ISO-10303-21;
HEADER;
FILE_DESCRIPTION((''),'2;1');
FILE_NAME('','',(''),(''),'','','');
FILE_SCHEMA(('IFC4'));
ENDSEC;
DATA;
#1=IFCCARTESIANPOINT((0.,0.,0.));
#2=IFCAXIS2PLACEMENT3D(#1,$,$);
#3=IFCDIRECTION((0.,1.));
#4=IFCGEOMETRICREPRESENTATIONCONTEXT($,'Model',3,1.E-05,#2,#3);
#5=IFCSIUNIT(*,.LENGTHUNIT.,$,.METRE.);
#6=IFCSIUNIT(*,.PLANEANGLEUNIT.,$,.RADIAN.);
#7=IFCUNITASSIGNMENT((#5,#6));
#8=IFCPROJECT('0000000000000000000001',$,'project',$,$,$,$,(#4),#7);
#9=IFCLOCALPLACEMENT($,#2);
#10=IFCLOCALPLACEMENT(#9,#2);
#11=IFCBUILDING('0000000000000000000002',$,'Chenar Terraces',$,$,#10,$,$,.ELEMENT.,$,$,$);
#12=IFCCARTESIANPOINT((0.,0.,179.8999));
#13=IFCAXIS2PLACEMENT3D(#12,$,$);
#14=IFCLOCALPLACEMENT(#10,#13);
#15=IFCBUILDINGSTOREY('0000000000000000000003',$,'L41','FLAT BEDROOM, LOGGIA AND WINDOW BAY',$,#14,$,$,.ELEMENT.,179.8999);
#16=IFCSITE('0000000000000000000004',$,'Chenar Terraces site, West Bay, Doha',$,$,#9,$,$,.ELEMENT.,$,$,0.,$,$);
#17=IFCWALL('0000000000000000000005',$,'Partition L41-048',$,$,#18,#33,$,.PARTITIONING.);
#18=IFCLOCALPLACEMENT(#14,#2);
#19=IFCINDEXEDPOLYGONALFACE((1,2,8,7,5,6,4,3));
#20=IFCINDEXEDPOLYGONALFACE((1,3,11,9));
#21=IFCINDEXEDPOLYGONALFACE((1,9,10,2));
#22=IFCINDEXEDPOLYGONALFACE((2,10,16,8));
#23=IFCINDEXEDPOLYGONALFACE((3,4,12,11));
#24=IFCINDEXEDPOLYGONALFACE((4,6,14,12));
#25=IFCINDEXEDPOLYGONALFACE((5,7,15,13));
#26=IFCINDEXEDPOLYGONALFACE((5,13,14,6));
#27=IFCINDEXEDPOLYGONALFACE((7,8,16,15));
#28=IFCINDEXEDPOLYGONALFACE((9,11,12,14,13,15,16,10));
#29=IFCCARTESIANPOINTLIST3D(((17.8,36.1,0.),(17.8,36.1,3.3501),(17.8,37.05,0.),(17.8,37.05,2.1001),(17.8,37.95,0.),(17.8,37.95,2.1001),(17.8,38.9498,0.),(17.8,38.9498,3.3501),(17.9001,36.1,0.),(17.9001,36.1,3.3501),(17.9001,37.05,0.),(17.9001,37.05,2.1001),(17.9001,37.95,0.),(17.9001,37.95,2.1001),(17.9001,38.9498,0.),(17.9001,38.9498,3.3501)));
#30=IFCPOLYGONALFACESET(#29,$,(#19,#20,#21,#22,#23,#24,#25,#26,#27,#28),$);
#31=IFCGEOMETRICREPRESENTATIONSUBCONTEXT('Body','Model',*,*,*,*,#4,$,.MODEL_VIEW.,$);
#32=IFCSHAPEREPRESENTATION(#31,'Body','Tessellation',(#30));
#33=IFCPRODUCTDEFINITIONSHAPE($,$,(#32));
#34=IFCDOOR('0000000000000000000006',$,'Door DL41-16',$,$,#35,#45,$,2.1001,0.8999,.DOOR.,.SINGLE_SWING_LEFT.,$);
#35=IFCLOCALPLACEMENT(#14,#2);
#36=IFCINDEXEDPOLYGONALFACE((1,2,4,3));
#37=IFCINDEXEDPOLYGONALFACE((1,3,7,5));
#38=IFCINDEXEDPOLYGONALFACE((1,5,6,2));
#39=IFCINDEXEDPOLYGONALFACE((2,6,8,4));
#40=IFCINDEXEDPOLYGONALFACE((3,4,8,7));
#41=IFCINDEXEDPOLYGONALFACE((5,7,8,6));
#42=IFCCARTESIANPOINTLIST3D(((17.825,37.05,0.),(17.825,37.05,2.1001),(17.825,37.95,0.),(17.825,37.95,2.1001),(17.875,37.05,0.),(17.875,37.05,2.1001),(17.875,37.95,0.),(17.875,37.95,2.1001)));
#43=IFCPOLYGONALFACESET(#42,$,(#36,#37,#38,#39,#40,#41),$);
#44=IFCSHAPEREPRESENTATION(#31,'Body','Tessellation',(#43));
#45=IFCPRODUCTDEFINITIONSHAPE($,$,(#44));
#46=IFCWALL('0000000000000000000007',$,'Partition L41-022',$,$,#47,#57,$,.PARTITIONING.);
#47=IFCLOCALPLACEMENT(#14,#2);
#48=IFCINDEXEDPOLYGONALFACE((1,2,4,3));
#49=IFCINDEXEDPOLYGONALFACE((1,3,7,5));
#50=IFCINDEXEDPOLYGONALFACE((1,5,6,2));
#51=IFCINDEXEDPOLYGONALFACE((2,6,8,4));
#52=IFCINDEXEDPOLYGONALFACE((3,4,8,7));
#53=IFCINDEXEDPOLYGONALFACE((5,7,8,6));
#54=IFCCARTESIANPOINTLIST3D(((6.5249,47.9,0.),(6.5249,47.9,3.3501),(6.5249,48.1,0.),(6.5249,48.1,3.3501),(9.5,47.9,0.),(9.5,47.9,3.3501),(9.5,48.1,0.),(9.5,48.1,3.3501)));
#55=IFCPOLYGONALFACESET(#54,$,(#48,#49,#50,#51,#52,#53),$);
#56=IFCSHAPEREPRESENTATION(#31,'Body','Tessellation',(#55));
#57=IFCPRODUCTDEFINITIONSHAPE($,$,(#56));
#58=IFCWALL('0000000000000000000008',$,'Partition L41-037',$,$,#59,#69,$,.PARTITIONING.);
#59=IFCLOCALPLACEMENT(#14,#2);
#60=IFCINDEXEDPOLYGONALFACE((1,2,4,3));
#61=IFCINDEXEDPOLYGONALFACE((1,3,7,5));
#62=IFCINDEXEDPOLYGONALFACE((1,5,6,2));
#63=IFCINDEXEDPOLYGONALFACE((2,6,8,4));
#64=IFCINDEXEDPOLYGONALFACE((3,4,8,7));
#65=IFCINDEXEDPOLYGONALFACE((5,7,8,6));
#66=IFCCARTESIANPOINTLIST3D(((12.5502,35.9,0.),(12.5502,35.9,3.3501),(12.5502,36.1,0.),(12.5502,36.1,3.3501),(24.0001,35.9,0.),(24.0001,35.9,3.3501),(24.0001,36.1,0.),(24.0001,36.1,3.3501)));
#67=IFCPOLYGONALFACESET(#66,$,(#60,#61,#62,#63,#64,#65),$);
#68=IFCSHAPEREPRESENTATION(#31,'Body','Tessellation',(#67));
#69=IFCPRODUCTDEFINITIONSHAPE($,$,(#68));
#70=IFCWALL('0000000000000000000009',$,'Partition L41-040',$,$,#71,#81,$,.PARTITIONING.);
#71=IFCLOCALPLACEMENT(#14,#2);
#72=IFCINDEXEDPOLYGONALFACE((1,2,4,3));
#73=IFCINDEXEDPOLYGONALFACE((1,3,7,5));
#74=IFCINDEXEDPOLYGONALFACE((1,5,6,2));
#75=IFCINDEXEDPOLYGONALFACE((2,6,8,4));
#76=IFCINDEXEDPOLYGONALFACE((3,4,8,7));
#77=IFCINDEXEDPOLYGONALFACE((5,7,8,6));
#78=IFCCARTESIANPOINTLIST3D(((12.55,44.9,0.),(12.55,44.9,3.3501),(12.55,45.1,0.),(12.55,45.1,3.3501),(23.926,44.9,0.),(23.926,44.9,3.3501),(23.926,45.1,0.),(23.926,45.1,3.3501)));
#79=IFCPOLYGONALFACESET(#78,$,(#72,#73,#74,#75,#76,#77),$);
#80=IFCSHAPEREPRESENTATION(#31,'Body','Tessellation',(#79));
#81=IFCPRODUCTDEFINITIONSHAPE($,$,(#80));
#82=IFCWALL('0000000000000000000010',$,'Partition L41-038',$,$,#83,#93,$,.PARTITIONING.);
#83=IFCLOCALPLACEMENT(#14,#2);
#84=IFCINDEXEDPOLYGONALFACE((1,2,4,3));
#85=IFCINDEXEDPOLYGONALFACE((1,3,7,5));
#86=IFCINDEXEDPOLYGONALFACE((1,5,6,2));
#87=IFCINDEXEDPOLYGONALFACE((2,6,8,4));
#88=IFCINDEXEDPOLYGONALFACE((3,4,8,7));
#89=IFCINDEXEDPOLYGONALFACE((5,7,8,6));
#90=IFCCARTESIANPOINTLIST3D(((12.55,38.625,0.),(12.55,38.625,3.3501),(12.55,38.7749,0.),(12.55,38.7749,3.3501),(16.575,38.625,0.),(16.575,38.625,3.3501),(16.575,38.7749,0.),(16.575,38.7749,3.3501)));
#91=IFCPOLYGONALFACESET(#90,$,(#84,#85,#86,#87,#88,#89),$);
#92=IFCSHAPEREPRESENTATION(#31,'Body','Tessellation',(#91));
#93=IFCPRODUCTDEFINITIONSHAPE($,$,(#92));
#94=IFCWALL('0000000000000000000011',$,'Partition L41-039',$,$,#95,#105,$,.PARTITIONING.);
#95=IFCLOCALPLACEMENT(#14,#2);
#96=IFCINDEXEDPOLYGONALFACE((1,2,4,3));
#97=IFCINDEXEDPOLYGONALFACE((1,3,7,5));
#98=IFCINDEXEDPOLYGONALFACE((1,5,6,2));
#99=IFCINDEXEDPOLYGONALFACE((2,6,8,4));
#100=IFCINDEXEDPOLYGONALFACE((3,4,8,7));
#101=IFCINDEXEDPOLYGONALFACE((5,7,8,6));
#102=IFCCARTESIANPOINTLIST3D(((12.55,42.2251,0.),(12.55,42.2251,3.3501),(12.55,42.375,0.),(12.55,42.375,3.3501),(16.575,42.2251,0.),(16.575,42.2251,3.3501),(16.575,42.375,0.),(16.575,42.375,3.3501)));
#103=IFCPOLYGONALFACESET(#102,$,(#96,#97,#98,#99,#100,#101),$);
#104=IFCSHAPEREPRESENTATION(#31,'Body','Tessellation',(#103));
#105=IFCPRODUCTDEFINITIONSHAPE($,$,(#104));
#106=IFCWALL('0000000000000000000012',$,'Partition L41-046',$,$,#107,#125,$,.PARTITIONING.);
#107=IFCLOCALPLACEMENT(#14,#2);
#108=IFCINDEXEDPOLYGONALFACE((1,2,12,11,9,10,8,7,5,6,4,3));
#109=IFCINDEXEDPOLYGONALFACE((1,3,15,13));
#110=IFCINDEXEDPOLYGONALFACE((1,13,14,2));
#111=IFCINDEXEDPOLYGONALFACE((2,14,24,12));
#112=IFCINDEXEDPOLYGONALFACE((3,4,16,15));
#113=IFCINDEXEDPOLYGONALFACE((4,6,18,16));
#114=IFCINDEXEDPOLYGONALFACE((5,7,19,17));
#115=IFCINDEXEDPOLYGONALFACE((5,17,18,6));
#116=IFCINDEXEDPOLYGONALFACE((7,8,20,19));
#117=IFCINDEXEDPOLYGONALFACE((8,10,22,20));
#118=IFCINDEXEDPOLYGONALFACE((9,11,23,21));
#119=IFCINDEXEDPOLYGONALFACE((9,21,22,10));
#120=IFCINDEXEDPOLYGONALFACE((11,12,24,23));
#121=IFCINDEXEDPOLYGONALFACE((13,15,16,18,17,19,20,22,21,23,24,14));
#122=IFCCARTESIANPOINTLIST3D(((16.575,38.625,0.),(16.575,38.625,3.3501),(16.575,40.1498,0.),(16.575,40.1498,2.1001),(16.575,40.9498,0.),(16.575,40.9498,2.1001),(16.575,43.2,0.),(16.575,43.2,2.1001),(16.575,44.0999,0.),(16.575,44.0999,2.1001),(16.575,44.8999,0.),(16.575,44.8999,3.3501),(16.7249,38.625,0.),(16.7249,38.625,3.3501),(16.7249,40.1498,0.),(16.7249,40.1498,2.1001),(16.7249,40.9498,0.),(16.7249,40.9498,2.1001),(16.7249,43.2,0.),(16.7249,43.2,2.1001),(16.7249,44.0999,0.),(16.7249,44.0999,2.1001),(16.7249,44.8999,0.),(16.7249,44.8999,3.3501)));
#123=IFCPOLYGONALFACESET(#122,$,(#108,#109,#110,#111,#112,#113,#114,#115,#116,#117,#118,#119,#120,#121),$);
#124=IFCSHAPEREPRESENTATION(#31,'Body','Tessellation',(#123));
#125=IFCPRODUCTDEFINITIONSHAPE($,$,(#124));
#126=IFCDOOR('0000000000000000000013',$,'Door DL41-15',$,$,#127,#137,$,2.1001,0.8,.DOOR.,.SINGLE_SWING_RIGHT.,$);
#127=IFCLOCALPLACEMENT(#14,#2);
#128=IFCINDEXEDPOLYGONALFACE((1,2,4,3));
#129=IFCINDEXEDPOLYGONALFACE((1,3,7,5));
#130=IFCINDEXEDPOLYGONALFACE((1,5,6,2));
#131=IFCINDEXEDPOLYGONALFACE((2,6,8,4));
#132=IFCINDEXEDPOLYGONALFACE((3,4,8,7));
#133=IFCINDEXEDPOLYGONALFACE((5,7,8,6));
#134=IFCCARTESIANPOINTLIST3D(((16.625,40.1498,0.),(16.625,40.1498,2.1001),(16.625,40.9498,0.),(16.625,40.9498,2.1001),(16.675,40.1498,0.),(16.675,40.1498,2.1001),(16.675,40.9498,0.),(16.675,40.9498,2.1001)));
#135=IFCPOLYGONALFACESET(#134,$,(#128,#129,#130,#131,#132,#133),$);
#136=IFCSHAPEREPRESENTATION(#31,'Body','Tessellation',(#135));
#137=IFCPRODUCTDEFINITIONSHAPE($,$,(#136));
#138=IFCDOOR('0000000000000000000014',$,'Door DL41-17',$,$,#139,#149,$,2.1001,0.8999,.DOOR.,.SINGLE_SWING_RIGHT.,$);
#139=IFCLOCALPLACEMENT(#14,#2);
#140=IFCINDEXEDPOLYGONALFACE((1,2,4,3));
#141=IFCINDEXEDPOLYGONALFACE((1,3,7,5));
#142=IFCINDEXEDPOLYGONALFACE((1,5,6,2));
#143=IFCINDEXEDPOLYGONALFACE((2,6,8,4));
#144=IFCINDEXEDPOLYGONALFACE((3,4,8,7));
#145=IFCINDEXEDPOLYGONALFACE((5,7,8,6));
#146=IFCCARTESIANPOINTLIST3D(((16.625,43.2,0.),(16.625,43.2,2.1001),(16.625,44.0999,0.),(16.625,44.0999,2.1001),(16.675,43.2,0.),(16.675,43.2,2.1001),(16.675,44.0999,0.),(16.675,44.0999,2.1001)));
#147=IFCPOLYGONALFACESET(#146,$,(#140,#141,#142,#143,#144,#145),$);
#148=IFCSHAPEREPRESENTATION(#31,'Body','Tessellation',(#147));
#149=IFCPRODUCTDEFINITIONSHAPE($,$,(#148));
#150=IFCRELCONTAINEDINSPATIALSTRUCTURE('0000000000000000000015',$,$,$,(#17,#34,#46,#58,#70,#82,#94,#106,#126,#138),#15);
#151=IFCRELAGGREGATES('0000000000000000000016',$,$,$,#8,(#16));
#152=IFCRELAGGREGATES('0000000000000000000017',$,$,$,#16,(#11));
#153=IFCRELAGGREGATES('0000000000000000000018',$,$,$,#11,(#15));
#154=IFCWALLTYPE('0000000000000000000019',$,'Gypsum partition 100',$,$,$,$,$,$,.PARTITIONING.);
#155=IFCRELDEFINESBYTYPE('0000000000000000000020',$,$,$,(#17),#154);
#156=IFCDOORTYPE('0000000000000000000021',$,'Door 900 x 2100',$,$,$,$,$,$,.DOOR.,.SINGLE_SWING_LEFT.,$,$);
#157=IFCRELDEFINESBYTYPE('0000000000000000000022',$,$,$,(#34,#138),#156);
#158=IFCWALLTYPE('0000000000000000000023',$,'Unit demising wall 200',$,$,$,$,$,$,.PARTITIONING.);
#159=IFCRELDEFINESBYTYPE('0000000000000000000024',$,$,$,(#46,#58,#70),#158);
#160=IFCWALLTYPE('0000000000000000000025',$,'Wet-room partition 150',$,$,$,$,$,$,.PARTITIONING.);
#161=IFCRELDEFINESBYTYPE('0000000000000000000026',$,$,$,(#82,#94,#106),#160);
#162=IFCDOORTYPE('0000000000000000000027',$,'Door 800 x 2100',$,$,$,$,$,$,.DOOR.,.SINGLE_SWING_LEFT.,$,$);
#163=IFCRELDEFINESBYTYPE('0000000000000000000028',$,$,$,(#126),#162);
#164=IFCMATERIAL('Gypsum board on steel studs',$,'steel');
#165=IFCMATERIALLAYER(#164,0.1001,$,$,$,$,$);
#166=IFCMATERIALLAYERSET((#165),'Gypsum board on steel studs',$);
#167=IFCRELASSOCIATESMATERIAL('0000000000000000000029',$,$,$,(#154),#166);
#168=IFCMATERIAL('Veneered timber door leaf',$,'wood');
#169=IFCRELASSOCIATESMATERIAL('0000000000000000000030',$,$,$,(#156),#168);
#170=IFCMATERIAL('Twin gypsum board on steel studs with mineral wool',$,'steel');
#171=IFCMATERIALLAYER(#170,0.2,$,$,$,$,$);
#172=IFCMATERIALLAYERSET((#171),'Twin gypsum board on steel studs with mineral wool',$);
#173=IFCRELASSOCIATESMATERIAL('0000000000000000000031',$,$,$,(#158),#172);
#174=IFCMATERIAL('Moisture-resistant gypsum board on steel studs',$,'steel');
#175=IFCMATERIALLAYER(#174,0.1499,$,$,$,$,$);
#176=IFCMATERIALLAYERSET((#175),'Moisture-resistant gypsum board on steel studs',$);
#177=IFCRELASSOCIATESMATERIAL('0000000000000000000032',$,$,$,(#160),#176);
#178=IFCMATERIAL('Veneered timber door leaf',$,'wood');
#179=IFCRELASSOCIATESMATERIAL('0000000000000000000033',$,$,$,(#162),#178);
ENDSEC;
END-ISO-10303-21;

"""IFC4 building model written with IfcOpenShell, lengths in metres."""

from ifc_helpers import new_model, si_unit, direction, frame, frame_2d, origin, place, context, subcontext, project, spatial, rectangle, extrude, material, layer, layer_set, type_object, element, fill, save


model = new_model("IFC4")

# Units and contexts
model_context = context("Model", 3, precision=1e-05, world=origin(), true_north=direction((0.0, 1.0)))
body_context = subcontext(model_context, "Body", "Model", "MODEL_VIEW")
ifc_project = project(units=[si_unit("LENGTHUNIT", "METRE"), si_unit("PLANEANGLEUNIT", "RADIAN")], contexts=[model_context])

# Site, building, storey
site_placement = place(None, origin())
site = spatial("IfcSite", under=ifc_project, at=site_placement, Name="Chenar Terraces site, West Bay, Doha", CompositionType="ELEMENT", RefElevation=0.0)
building_placement = place(site_placement, origin())
building = spatial("IfcBuilding", under=site, at=building_placement, Name="Chenar Terraces", CompositionType="ELEMENT")
storey_placement = place(building_placement, frame((0.0, 0.0, 179.8999)))
storey = spatial("IfcBuildingStorey", under=building, at=storey_placement, Name="L41", Description="FLAT BEDROOM, LOGGIA AND WINDOW BAY", CompositionType="ELEMENT", Elevation=179.8999)

# Shared definitions
ifc_material_1 = material(Name="Gypsum board on steel studs", Category="steel")
ifc_layer_1 = layer(ifc_material_1, 0.1001)
ifc_layer_set_1 = layer_set([ifc_layer_1], Name="Gypsum board on steel studs")
wall_type_1 = type_object("IfcWallType", Name="Gypsum partition 100", PredefinedType="PARTITIONING", material=ifc_layer_set_1)

# Wall, opening, door
wall_1_placement = place(storey_placement, frame((17.8501, 36.1001, 0.0), z_axis=(0.0, 0.0, 1.0), x_axis=(0.0, 1.0, 0.0)))
wall_1 = element("IfcWall", 1, at=wall_1_placement, inside=storey, type_object=wall_type_1, Name="Partition L41-048", PredefinedType="PARTITIONING", context=body_context, shape_type="SweptSolid", body=[
    extrude(rectangle(XDim=2.8499, YDim=0.1001, at=frame_2d((1.4248, 0.0))), origin(), (0.0, 0.0, 1.0), 3.3501),
])
opening_1_placement = place(wall_1_placement, frame((0.95, 0.0, 0.0)))
opening_1 = element("IfcOpeningElement", 2, at=opening_1_placement, cuts=wall_1, PredefinedType="OPENING", context=body_context, shape_type="SweptSolid", body=[
    extrude(rectangle(XDim=0.8999, YDim=2.1001, at=frame_2d((0.45, 1.05))), frame((0.0, 0.0601, 0.0), z_axis=(0.0, -1.0, 0.0), x_axis=(1.0, 0.0, 0.0)), (0.0, 0.0, 1.0), 0.1201),
])
ifc_material_2 = material(Name="Veneered timber door leaf", Category="wood")
door_type_1 = type_object("IfcDoorType", Name="Door 900 x 2100", OperationType="SINGLE_SWING_LEFT", PredefinedType="DOOR", material=ifc_material_2)
door_1_placement = place(opening_1_placement, frame((0.8999, 0.0, 0.0), z_axis=(0.0, 0.0, 1.0), x_axis=(-1.0, 0.0, 0.0)))
door_1 = element("IfcDoor", 3, at=door_1_placement, inside=storey, type_object=door_type_1, Name="Door DL41-16", OperationType="SINGLE_SWING_LEFT", OverallHeight=2.1001, OverallWidth=0.8999, PredefinedType="DOOR", context=body_context, shape_type="SweptSolid", body=[
    extrude(rectangle(XDim=0.8999, YDim=2.1001, at=frame_2d((0.45, 1.05))), frame((0.0, 0.0249, 0.0), z_axis=(0.0, -1.0, 0.0), x_axis=(1.0, 0.0, 0.0)), (0.0, 0.0, 1.0), 0.05),
])
fill(opening_1, door_1)

# Walls
ifc_material_3 = material(Name="Twin gypsum board on steel studs with mineral wool", Category="steel")
ifc_layer_2 = layer(ifc_material_3, 0.2)
ifc_layer_set_2 = layer_set([ifc_layer_2], Name="Twin gypsum board on steel studs with mineral wool")
wall_type_2 = type_object("IfcWallType", Name="Unit demising wall 200", PredefinedType="PARTITIONING", material=ifc_layer_set_2)
wall_2_placement = place(storey_placement, frame((6.5249, 48.0, 0.0), z_axis=(0.0, 0.0, 1.0), x_axis=(1.0, 0.0, 0.0)))
element("IfcWall", 4, at=wall_2_placement, inside=storey, type_object=wall_type_2, Name="Partition L41-022", PredefinedType="PARTITIONING", context=body_context, shape_type="SweptSolid", body=[
    extrude(rectangle(XDim=2.9751, YDim=0.2, at=frame_2d((1.4875, 0.0))), origin(), (0.0, 0.0, 1.0), 3.3501),
])
wall_3_placement = place(storey_placement, frame((12.55, 36.0, 0.0), z_axis=(0.0, 0.0, 1.0), x_axis=(1.0, 0.0, 0.0)))
element("IfcWall", 5, at=wall_3_placement, inside=storey, type_object=wall_type_2, Name="Partition L41-037", PredefinedType="PARTITIONING", context=body_context, shape_type="SweptSolid", body=[
    extrude(rectangle(XDim=11.45, YDim=0.2, at=frame_2d((5.7251, 0.0))), origin(), (0.0, 0.0, 1.0), 3.3501),
])
wall_4_placement = place(storey_placement, frame((12.55, 45.0, 0.0), z_axis=(0.0, 0.0, 1.0), x_axis=(1.0, 0.0, 0.0)))
element("IfcWall", 6, at=wall_4_placement, inside=storey, type_object=wall_type_2, Name="Partition L41-040", PredefinedType="PARTITIONING", context=body_context, shape_type="SweptSolid", body=[
    extrude(rectangle(XDim=11.376, YDim=0.2, at=frame_2d((5.688, 0.0))), origin(), (0.0, 0.0, 1.0), 3.3501),
])
ifc_material_4 = material(Name="Moisture-resistant gypsum board on steel studs", Category="steel")
ifc_layer_3 = layer(ifc_material_4, 0.1499)
ifc_layer_set_3 = layer_set([ifc_layer_3], Name="Moisture-resistant gypsum board on steel studs")
wall_type_3 = type_object("IfcWallType", Name="Wet-room partition 150", PredefinedType="PARTITIONING", material=ifc_layer_set_3)
for number, where, z_axis, x_axis, name in (
    (7, (12.55, 38.7, 0.0), (0.0, 0.0, 1.0), (1.0, 0.0, 0.0), "Partition L41-038"),
    (8, (12.55, 42.3, 0.0), (0.0, 0.0, 1.0), (1.0, 0.0, 0.0), "Partition L41-039"),
):
    element("IfcWall", number, at=place(storey_placement, frame(where, z_axis=z_axis, x_axis=x_axis)), inside=storey, type_object=wall_type_3, Name=name, PredefinedType="PARTITIONING", context=body_context, shape_type="SweptSolid", body=[
        extrude(rectangle(XDim=4.0249, YDim=0.1499, at=frame_2d((2.0125, 0.0))), origin(), (0.0, 0.0, 1.0), 3.3501),
    ])

# Wall, openings, doors
wall_5_placement = place(storey_placement, frame((16.6499, 38.625, 0.0), z_axis=(0.0, 0.0, 1.0), x_axis=(0.0, 1.0, 0.0)))
wall_5 = element("IfcWall", 9, at=wall_5_placement, inside=storey, type_object=wall_type_3, Name="Partition L41-046", PredefinedType="PARTITIONING", context=body_context, shape_type="SweptSolid", body=[
    extrude(rectangle(XDim=6.2749, YDim=0.1499, at=frame_2d((3.1375, 0.0))), origin(), (0.0, 0.0, 1.0), 3.3501),
])
opening_2_placement = place(wall_5_placement, frame((1.5249, 0.0, 0.0)))
opening_2 = element("IfcOpeningElement", 10, at=opening_2_placement, cuts=wall_5, PredefinedType="OPENING", context=body_context, shape_type="SweptSolid", body=[
    extrude(rectangle(XDim=0.8, YDim=2.1001, at=frame_2d((0.3999, 1.05))), frame((0.0, 0.085, 0.0), z_axis=(0.0, -1.0, 0.0), x_axis=(1.0, 0.0, 0.0)), (0.0, 0.0, 1.0), 0.1699),
])
opening_3_placement = place(wall_5_placement, frame((4.575, 0.0, 0.0)))
opening_3 = element("IfcOpeningElement", 11, at=opening_3_placement, cuts=wall_5, PredefinedType="OPENING", context=body_context, shape_type="SweptSolid", body=[
    extrude(rectangle(XDim=0.8999, YDim=2.1001, at=frame_2d((0.45, 1.05))), frame((0.0, 0.085, 0.0), z_axis=(0.0, -1.0, 0.0), x_axis=(1.0, 0.0, 0.0)), (0.0, 0.0, 1.0), 0.1699),
])
ifc_material_5 = material(Name="Veneered timber door leaf", Category="wood")
door_type_2 = type_object("IfcDoorType", Name="Door 800 x 2100", OperationType="SINGLE_SWING_LEFT", PredefinedType="DOOR", material=ifc_material_5)
door_2_placement = place(opening_2_placement, origin())
door_2 = element("IfcDoor", 12, at=door_2_placement, inside=storey, type_object=door_type_2, Name="Door DL41-15", OperationType="SINGLE_SWING_RIGHT", OverallHeight=2.1001, OverallWidth=0.8, PredefinedType="DOOR", context=body_context, shape_type="SweptSolid", body=[
    extrude(rectangle(XDim=0.8, YDim=2.1001, at=frame_2d((0.3999, 1.05))), frame((0.0, 0.0249, 0.0), z_axis=(0.0, -1.0, 0.0), x_axis=(1.0, 0.0, 0.0)), (0.0, 0.0, 1.0), 0.05),
])
fill(opening_2, door_2)
door_3_placement = place(opening_3_placement, origin())
door_3 = element("IfcDoor", 13, at=door_3_placement, inside=storey, type_object=door_type_1, Name="Door DL41-17", OperationType="SINGLE_SWING_RIGHT", OverallHeight=2.1001, OverallWidth=0.8999, PredefinedType="DOOR", context=body_context, shape_type="SweptSolid", body=[
    extrude(rectangle(XDim=0.8999, YDim=2.1001, at=frame_2d((0.45, 1.05))), frame((0.0, 0.0249, 0.0), z_axis=(0.0, -1.0, 0.0), x_axis=(1.0, 0.0, 0.0)), (0.0, 0.0, 1.0), 0.05),
])
fill(opening_3, door_3)

save(model, "model.ifc")
